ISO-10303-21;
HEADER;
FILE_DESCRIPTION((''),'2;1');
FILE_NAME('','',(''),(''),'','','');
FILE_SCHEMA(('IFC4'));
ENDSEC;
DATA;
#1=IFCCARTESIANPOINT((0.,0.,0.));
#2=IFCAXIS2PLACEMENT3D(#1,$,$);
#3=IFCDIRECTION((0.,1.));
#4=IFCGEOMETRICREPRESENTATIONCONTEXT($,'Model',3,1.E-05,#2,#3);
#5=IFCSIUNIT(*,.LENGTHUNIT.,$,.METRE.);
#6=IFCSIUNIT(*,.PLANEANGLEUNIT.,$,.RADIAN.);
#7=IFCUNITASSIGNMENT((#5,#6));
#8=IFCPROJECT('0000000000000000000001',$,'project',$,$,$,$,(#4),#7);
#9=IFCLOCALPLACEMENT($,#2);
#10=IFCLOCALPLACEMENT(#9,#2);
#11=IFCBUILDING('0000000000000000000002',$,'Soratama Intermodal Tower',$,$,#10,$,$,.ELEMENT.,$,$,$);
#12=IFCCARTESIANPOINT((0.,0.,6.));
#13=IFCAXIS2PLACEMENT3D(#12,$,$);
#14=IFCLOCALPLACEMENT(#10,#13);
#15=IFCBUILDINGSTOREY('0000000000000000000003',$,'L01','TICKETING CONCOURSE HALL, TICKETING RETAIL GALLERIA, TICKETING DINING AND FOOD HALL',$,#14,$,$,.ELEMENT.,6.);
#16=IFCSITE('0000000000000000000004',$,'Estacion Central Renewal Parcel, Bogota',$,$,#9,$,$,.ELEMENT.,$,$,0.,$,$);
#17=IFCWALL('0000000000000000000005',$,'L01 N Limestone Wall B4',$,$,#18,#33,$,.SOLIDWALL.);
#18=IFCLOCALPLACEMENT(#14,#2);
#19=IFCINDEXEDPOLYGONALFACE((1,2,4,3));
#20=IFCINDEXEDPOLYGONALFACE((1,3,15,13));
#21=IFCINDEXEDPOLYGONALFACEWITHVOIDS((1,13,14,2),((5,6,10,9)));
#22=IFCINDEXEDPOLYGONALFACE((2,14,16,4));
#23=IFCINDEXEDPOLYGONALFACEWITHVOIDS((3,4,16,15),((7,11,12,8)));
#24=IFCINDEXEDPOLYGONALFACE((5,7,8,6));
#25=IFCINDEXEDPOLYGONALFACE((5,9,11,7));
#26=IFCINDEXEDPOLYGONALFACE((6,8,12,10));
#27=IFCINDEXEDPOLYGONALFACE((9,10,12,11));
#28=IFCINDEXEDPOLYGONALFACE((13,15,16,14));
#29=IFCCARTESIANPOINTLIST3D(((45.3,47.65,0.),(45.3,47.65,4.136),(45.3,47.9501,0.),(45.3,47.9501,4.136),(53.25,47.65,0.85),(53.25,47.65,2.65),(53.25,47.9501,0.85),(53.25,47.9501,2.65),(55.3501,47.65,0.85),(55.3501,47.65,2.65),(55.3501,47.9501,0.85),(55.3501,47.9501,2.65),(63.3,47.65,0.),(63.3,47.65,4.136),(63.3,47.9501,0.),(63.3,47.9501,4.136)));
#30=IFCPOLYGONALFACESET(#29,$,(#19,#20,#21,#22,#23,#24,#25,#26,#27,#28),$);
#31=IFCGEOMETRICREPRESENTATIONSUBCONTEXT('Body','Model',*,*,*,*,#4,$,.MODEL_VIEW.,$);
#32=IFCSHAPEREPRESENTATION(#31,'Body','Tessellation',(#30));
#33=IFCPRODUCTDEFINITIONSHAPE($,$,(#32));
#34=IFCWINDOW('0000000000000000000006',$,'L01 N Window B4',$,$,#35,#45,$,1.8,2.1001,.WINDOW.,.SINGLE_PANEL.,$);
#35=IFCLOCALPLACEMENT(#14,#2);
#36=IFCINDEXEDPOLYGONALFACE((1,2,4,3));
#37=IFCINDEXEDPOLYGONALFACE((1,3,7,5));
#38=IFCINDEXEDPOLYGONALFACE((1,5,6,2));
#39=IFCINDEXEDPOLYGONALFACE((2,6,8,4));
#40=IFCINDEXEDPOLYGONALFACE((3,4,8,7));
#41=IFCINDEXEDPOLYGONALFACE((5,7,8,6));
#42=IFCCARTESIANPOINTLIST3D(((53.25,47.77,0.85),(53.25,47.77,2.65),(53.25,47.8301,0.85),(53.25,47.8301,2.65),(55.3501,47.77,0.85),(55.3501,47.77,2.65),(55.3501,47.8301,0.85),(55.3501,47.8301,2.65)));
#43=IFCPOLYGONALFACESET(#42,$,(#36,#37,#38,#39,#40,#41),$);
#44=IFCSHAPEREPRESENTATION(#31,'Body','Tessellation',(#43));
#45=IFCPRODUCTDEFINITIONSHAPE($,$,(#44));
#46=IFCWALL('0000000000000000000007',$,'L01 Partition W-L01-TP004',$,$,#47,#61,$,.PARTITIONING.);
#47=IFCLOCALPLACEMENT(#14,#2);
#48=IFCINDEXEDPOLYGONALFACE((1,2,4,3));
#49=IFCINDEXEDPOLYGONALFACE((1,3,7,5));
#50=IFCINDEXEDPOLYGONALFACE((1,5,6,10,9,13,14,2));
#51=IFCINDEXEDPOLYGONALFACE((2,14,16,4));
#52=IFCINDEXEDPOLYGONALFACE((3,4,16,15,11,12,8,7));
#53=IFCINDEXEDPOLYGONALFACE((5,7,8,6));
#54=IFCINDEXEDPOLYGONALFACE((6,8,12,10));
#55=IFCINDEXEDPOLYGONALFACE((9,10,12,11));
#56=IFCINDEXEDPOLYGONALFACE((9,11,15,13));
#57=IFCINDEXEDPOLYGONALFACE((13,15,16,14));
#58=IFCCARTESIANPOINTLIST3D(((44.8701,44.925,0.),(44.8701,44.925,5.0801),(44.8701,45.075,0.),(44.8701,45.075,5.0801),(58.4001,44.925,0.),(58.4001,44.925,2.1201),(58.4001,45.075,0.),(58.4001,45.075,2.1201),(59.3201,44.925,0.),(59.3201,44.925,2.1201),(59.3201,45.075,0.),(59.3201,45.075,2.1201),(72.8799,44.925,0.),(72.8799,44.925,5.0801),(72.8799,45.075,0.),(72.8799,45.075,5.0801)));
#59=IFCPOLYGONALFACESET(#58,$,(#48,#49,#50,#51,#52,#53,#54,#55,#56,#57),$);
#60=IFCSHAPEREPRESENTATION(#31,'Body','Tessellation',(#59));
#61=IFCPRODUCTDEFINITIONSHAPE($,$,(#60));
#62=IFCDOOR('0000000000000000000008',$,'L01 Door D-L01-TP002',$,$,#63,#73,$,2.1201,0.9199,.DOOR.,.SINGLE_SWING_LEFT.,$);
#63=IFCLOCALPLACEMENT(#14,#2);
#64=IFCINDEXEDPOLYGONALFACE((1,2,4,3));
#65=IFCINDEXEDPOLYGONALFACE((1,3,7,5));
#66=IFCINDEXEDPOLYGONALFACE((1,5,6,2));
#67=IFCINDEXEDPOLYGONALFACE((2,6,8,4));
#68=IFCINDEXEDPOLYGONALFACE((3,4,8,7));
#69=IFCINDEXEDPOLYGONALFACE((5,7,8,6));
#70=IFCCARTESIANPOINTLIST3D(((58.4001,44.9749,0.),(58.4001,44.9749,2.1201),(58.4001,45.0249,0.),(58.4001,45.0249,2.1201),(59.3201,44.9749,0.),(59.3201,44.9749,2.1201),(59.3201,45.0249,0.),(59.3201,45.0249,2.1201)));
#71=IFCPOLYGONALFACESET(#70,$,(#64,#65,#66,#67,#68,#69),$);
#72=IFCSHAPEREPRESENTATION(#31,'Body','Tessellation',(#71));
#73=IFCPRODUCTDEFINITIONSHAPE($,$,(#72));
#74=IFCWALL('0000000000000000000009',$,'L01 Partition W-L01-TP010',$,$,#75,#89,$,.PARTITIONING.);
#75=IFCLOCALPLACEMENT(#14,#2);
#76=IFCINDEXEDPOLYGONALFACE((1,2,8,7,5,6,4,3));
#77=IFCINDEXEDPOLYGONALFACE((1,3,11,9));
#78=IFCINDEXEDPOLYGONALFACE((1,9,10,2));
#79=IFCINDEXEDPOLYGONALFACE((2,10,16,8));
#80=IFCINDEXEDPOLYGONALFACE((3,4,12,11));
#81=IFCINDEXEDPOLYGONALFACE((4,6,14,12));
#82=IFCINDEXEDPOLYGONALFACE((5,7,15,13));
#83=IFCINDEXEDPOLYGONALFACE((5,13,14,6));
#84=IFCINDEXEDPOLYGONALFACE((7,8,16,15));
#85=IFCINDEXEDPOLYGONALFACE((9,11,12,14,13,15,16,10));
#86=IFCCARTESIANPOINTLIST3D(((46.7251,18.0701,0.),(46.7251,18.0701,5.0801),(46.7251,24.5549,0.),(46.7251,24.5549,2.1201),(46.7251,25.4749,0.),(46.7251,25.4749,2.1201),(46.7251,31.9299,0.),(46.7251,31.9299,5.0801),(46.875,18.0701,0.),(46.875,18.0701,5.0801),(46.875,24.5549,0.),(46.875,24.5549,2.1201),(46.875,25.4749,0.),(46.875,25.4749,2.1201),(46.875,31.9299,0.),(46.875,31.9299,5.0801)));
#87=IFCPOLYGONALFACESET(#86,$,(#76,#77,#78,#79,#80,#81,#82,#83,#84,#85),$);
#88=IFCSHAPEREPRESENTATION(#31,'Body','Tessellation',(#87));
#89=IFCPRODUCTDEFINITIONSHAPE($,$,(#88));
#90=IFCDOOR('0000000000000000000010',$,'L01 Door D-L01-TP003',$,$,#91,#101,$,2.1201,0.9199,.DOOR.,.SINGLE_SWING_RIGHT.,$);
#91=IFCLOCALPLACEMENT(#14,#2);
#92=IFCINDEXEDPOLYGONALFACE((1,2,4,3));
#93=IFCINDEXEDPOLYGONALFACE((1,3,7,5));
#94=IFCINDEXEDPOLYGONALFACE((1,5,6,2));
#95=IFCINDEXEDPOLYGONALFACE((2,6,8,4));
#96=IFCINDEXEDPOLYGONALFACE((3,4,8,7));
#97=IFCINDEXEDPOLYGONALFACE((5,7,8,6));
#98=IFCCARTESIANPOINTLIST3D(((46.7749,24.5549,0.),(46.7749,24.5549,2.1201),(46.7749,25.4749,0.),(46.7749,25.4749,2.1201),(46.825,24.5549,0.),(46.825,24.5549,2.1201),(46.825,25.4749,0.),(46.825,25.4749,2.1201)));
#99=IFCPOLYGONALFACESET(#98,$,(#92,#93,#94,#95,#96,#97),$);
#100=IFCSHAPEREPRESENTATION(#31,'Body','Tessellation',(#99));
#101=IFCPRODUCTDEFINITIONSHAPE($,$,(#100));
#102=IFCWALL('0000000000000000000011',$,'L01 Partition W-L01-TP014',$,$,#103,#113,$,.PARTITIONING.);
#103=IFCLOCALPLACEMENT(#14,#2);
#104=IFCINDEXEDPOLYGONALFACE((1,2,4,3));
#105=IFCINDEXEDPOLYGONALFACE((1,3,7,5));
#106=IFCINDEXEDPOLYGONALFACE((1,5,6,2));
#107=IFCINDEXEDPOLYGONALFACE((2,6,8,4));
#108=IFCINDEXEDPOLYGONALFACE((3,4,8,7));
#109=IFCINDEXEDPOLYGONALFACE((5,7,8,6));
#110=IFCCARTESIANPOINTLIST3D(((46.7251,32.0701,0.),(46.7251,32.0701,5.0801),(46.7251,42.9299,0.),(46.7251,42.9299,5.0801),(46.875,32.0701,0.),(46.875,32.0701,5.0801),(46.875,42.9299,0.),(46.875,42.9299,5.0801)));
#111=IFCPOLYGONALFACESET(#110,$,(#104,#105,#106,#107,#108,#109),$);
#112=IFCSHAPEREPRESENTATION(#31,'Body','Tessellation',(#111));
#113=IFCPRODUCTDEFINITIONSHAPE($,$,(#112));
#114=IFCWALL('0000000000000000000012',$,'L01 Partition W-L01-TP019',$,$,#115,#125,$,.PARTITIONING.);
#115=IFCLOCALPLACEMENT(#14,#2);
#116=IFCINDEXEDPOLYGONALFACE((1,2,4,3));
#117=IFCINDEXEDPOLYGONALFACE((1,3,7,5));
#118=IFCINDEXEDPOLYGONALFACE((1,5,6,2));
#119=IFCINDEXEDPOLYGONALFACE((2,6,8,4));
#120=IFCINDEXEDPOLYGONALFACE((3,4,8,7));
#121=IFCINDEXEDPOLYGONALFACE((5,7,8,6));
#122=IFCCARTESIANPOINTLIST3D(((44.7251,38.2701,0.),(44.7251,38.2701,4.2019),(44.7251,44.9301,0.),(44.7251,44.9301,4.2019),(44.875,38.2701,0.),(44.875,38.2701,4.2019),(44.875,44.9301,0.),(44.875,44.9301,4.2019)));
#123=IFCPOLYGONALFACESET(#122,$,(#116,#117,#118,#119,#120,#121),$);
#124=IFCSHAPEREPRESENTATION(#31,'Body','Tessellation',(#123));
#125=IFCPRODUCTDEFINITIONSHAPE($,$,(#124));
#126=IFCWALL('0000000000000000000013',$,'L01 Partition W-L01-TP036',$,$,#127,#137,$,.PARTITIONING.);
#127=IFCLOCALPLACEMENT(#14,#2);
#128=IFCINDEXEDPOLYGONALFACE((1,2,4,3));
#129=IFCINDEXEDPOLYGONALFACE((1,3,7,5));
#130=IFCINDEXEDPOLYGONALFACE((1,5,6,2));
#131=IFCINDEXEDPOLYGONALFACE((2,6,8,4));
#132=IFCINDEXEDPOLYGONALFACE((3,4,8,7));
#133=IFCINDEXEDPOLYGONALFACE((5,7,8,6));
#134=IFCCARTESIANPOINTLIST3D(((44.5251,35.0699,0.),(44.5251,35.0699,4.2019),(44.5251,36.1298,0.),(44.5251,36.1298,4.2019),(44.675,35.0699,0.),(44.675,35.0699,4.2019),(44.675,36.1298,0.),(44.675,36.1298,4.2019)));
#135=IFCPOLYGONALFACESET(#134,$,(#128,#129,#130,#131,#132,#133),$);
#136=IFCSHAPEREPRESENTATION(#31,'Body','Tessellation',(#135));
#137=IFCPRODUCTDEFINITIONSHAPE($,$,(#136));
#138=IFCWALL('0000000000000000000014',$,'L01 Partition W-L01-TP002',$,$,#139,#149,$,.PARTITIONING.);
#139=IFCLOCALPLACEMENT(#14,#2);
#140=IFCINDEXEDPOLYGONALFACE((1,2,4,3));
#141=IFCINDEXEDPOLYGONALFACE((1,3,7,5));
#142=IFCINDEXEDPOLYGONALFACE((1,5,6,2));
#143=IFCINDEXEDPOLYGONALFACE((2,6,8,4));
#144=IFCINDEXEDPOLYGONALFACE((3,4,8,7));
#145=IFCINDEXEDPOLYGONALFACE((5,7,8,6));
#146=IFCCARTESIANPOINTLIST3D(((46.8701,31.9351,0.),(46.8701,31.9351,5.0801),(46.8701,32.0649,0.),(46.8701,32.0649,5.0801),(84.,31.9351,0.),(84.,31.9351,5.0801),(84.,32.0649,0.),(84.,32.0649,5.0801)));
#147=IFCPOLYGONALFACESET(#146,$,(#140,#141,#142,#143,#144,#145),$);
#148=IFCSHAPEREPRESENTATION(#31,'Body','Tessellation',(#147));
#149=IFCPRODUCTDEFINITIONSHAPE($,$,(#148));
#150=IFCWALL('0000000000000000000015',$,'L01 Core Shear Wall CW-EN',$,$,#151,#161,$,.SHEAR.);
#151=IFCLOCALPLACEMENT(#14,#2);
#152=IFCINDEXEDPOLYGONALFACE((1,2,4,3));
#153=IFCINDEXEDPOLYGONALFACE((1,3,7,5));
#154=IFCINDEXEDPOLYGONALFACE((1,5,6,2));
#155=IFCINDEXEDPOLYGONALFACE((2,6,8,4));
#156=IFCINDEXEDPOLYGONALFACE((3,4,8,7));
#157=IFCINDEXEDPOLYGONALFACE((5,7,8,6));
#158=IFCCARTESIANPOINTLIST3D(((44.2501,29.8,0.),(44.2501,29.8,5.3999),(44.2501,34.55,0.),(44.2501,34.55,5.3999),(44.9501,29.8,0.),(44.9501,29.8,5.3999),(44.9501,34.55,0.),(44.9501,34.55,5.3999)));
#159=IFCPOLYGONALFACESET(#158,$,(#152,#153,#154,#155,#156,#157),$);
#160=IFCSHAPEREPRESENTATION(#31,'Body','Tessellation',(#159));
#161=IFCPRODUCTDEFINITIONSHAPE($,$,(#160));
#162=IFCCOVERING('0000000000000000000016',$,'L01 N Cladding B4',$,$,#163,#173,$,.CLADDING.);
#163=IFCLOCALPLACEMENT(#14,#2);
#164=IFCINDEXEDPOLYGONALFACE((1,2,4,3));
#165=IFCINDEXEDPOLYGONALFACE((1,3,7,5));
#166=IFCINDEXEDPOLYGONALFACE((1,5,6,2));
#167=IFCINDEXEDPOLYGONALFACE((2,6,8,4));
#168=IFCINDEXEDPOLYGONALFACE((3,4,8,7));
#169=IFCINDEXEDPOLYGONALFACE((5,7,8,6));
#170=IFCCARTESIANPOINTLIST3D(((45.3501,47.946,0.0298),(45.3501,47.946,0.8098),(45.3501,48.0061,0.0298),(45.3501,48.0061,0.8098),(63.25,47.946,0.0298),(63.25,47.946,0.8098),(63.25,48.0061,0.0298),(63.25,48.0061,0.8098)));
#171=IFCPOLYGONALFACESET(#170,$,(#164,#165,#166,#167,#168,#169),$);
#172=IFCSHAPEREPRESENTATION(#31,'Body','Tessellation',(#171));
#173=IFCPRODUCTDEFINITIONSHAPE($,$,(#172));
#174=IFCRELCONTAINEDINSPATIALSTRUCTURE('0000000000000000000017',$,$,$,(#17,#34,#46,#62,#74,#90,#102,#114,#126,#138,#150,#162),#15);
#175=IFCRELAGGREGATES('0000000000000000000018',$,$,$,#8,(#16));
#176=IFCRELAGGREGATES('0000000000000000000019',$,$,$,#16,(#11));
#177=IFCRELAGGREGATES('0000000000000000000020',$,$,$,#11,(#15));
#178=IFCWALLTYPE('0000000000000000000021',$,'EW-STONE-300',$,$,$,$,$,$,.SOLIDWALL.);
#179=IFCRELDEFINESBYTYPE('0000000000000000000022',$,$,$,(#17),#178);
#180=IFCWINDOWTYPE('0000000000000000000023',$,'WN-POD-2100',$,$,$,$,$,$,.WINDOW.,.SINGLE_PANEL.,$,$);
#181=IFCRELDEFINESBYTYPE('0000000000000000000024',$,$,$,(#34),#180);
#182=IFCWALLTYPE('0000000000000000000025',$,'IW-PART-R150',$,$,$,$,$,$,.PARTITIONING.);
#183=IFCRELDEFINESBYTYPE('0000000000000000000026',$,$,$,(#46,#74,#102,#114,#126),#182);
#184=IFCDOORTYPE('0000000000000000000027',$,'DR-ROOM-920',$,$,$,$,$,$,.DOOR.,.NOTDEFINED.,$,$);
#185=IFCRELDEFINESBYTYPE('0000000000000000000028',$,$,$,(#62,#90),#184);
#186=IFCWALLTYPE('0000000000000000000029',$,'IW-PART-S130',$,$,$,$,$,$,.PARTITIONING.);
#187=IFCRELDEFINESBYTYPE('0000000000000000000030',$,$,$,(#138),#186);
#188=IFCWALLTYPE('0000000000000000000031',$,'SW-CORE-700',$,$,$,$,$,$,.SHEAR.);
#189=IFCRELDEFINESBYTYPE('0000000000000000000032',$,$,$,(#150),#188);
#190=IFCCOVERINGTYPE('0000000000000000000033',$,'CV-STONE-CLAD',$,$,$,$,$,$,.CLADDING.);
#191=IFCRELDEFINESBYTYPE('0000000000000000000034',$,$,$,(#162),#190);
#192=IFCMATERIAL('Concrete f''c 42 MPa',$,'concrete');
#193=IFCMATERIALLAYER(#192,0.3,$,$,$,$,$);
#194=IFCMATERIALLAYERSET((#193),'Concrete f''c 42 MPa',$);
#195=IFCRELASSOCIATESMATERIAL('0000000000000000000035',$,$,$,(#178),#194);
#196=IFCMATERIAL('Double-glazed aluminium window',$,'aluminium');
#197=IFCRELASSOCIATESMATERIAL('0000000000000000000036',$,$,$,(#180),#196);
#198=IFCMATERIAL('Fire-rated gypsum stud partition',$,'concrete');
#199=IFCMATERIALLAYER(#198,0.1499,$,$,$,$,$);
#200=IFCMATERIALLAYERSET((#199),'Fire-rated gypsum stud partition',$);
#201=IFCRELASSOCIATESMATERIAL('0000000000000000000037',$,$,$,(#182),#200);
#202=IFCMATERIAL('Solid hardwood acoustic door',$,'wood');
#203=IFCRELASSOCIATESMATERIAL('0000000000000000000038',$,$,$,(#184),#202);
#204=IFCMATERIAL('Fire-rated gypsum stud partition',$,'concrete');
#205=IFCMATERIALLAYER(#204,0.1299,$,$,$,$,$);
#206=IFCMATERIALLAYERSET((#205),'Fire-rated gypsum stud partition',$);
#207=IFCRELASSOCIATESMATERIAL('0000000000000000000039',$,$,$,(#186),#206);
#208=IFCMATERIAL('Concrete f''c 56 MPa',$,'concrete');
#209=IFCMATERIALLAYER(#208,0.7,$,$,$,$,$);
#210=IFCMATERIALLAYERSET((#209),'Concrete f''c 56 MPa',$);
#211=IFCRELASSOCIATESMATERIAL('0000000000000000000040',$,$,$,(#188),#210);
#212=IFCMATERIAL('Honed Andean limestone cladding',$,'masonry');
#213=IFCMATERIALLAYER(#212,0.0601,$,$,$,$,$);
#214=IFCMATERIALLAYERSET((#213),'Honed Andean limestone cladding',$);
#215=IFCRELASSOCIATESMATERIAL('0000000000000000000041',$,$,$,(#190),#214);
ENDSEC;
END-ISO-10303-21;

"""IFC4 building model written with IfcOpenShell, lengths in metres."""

from ifc_helpers import new_model, si_unit, direction, frame, frame_2d, origin, origin_2d, place, context, subcontext, project, spatial, rectangle, extrude, material, layer, layer_set, type_object, element, fill, save


model = new_model("IFC4")

# Units and contexts
model_context = context("Model", 3, precision=1e-05, world=origin(), true_north=direction((0.0, 1.0)))
body_context = subcontext(model_context, "Body", "Model", "MODEL_VIEW")
ifc_project = project(units=[si_unit("LENGTHUNIT", "METRE"), si_unit("PLANEANGLEUNIT", "RADIAN")], contexts=[model_context])

# Site, building, storey
site_placement = place(None, origin())
site = spatial("IfcSite", under=ifc_project, at=site_placement, Name="Estacion Central Renewal Parcel, Bogota", CompositionType="ELEMENT", RefElevation=0.0)
building_placement = place(site_placement, origin())
building = spatial("IfcBuilding", under=site, at=building_placement, Name="Soratama Intermodal Tower", CompositionType="ELEMENT")
storey_placement = place(building_placement, frame((0.0, 0.0, 6.0)))
storey = spatial("IfcBuildingStorey", under=building, at=storey_placement, Name="L01", Description="TICKETING CONCOURSE HALL, TICKETING RETAIL GALLERIA, TICKETING DINING AND FOOD HALL", CompositionType="ELEMENT", Elevation=6.0)

# Wall, opening, window
ifc_material_1 = material(Name="Concrete f'c 42 MPa", Category="concrete")
ifc_layer_1 = layer(ifc_material_1, 0.3)
ifc_layer_set_1 = layer_set([ifc_layer_1], Name="Concrete f'c 42 MPa")
wall_type_1 = type_object("IfcWallType", Name="EW-STONE-300", PredefinedType="SOLIDWALL", material=ifc_layer_set_1)
wall_1_placement = place(storey_placement, frame((45.3, 47.8, 0.0), z_axis=(0.0, 0.0, 1.0), x_axis=(1.0, 0.0, 0.0)))
wall_1 = element("IfcWall", 1, at=wall_1_placement, inside=storey, type_object=wall_type_1, Name="L01 N Limestone Wall B4", PredefinedType="SOLIDWALL", context=body_context, shape_type="SweptSolid", body=[
    extrude(rectangle(XDim=18.0, YDim=0.3, at=frame_2d((9.0, 0.0))), origin(), (0.0, 0.0, 1.0), 4.136),
])
opening_1_placement = place(wall_1_placement, frame((7.95, 0.0, 0.8501)))
opening_1 = element("IfcOpeningElement", 2, at=opening_1_placement, cuts=wall_1, PredefinedType="OPENING", context=body_context, shape_type="SweptSolid", body=[
    extrude(rectangle(XDim=2.1001, YDim=1.8, at=frame_2d((1.05, 0.8999))), frame((0.0, 0.1599, 0.0), z_axis=(0.0, -1.0, 0.0), x_axis=(1.0, 0.0, 0.0)), (0.0, 0.0, 1.0), 0.3201),
])
ifc_material_2 = material(Name="Double-glazed aluminium window", Category="aluminium")
window_type = type_object("IfcWindowType", Name="WN-POD-2100", PartitioningType="SINGLE_PANEL", PredefinedType="WINDOW", material=ifc_material_2)
window_placement = place(opening_1_placement, origin())
window = element("IfcWindow", 3, at=window_placement, inside=storey, type_object=window_type, Name="L01 N Window B4", OverallHeight=1.8, OverallWidth=2.1001, PartitioningType="SINGLE_PANEL", PredefinedType="WINDOW", context=body_context, shape_type="SweptSolid", body=[
    extrude(rectangle(XDim=2.1001, YDim=1.8, at=frame_2d((1.05, 0.8999))), frame((0.0, 0.03, 0.0), z_axis=(0.0, -1.0, 0.0), x_axis=(1.0, 0.0, 0.0)), (0.0, 0.0, 1.0), 0.0601),
])
fill(opening_1, window)

# Walls, openings, doors
ifc_material_3 = material(Name="Fire-rated gypsum stud partition", Category="concrete")
ifc_layer_2 = layer(ifc_material_3, 0.1499)
ifc_layer_set_2 = layer_set([ifc_layer_2], Name="Fire-rated gypsum stud partition")
wall_type_2 = type_object("IfcWallType", Name="IW-PART-R150", PredefinedType="PARTITIONING", material=ifc_layer_set_2)
wall_2_placement = place(storey_placement, frame((44.8701, 45.0, 0.0), z_axis=(0.0, 0.0, 1.0), x_axis=(1.0, 0.0, 0.0)))
wall_2 = element("IfcWall", 4, at=wall_2_placement, inside=storey, type_object=wall_type_2, Name="L01 Partition W-L01-TP004", PredefinedType="PARTITIONING", context=body_context, shape_type="SweptSolid", body=[
    extrude(rectangle(XDim=28.0098, YDim=0.1499, at=frame_2d((14.0049, 0.0))), origin(), (0.0, 0.0, 1.0), 5.0801),
])
opening_2_placement = place(wall_2_placement, frame((13.53, 0.0, 0.0)))
opening_2 = element("IfcOpeningElement", 5, at=opening_2_placement, cuts=wall_2, PredefinedType="OPENING", context=body_context, shape_type="SweptSolid", body=[
    extrude(rectangle(XDim=0.9199, YDim=2.1201, at=frame_2d((0.46, 1.0601))), frame((0.0, 0.085, 0.0), z_axis=(0.0, -1.0, 0.0), x_axis=(1.0, 0.0, 0.0)), (0.0, 0.0, 1.0), 0.1699),
])
ifc_material_4 = material(Name="Solid hardwood acoustic door", Category="wood")
door_type = type_object("IfcDoorType", Name="DR-ROOM-920", OperationType="NOTDEFINED", PredefinedType="DOOR", material=ifc_material_4)
door_1_placement = place(opening_2_placement, origin())
door_1 = element("IfcDoor", 6, at=door_1_placement, inside=storey, type_object=door_type, Name="L01 Door D-L01-TP002", OperationType="SINGLE_SWING_LEFT", OverallHeight=2.1201, OverallWidth=0.9199, PredefinedType="DOOR", context=body_context, shape_type="SweptSolid", body=[
    extrude(rectangle(XDim=0.9199, YDim=2.1201, at=frame_2d((0.46, 1.0601))), frame((0.0, 0.0249, 0.0), z_axis=(0.0, -1.0, 0.0), x_axis=(1.0, 0.0, 0.0)), (0.0, 0.0, 1.0), 0.05),
])
fill(opening_2, door_1)
wall_3_placement = place(storey_placement, frame((46.8, 31.9299, 0.0), z_axis=(0.0, 0.0, 1.0), x_axis=(0.0, -1.0, 0.0)))
wall_3 = element("IfcWall", 7, at=wall_3_placement, inside=storey, type_object=wall_type_2, Name="L01 Partition W-L01-TP010", PredefinedType="PARTITIONING", context=body_context, shape_type="SweptSolid", body=[
    extrude(rectangle(XDim=13.8599, YDim=0.1499, at=frame_2d((6.9299, 0.0))), origin(), (0.0, 0.0, 1.0), 5.0801),
])
opening_3_placement = place(wall_3_placement, frame((6.4551, 0.0, 0.0)))
opening_3 = element("IfcOpeningElement", 8, at=opening_3_placement, cuts=wall_3, PredefinedType="OPENING", context=body_context, shape_type="SweptSolid", body=[
    extrude(rectangle(XDim=0.9199, YDim=2.1201, at=frame_2d((0.46, 1.0601))), frame((0.0, 0.085, 0.0), z_axis=(0.0, -1.0, 0.0), x_axis=(1.0, 0.0, 0.0)), (0.0, 0.0, 1.0), 0.1699),
])
door_2_placement = place(opening_3_placement, origin())
door_2 = element("IfcDoor", 9, at=door_2_placement, inside=storey, type_object=door_type, Name="L01 Door D-L01-TP003", OperationType="SINGLE_SWING_RIGHT", OverallHeight=2.1201, OverallWidth=0.9199, PredefinedType="DOOR", context=body_context, shape_type="SweptSolid", body=[
    extrude(rectangle(XDim=0.9199, YDim=2.1201, at=frame_2d((0.46, 1.0601))), frame((0.0, 0.0249, 0.0), z_axis=(0.0, -1.0, 0.0), x_axis=(1.0, 0.0, 0.0)), (0.0, 0.0, 1.0), 0.05),
])
fill(opening_3, door_2)

# Walls
wall_4_placement = place(storey_placement, frame((46.8, 42.9299, 0.0), z_axis=(0.0, 0.0, 1.0), x_axis=(0.0, -1.0, 0.0)))
element("IfcWall", 10, at=wall_4_placement, inside=storey, type_object=wall_type_2, Name="L01 Partition W-L01-TP014", PredefinedType="PARTITIONING", context=body_context, shape_type="SweptSolid", body=[
    extrude(rectangle(XDim=10.8599, YDim=0.1499, at=frame_2d((5.4299, 0.0))), origin(), (0.0, 0.0, 1.0), 5.0801),
])
wall_5_placement = place(storey_placement, frame((44.8, 38.27, 0.0), z_axis=(0.0, 0.0, 1.0), x_axis=(0.0, 1.0, 0.0)))
element("IfcWall", 11, at=wall_5_placement, inside=storey, type_object=wall_type_2, Name="L01 Partition W-L01-TP019", PredefinedType="PARTITIONING", context=body_context, shape_type="SweptSolid", body=[
    extrude(rectangle(XDim=6.6599, YDim=0.1499, at=frame_2d((3.3301, 0.0))), origin(), (0.0, 0.0, 1.0), 4.2019),
])
wall_6_placement = place(storey_placement, frame((44.6001, 35.0701, 0.0), z_axis=(0.0, 0.0, 1.0), x_axis=(0.0, 1.0, 0.0)))
element("IfcWall", 12, at=wall_6_placement, inside=storey, type_object=wall_type_2, Name="L01 Partition W-L01-TP036", PredefinedType="PARTITIONING", context=body_context, shape_type="SweptSolid", body=[
    extrude(rectangle(XDim=1.0598, YDim=0.1499, at=frame_2d((0.5298, 0.0))), origin(), (0.0, 0.0, 1.0), 4.2019),
])
ifc_material_5 = material(Name="Fire-rated gypsum stud partition", Category="concrete")
ifc_layer_3 = layer(ifc_material_5, 0.1299)
ifc_layer_set_3 = layer_set([ifc_layer_3], Name="Fire-rated gypsum stud partition")
wall_type_3 = type_object("IfcWallType", Name="IW-PART-S130", PredefinedType="PARTITIONING", material=ifc_layer_set_3)
wall_7_placement = place(storey_placement, frame((46.8701, 32.0, 0.0), z_axis=(0.0, 0.0, 1.0), x_axis=(1.0, 0.0, 0.0)))
element("IfcWall", 13, at=wall_7_placement, inside=storey, type_object=wall_type_3, Name="L01 Partition W-L01-TP002", PredefinedType="PARTITIONING", context=body_context, shape_type="SweptSolid", body=[
    extrude(rectangle(XDim=37.1299, YDim=0.1299, at=frame_2d((18.5649, 0.0))), origin(), (0.0, 0.0, 1.0), 5.0801),
])
ifc_material_6 = material(Name="Concrete f'c 56 MPa", Category="concrete")
ifc_layer_4 = layer(ifc_material_6, 0.7)
ifc_layer_set_4 = layer_set([ifc_layer_4], Name="Concrete f'c 56 MPa")
wall_type_4 = type_object("IfcWallType", Name="SW-CORE-700", PredefinedType="SHEAR", material=ifc_layer_set_4)
wall_8_placement = place(storey_placement, frame((44.6001, 29.8, 0.0), z_axis=(0.0, 0.0, 1.0), x_axis=(0.0, 1.0, 0.0)))
element("IfcWall", 14, at=wall_8_placement, inside=storey, type_object=wall_type_4, Name="L01 Core Shear Wall CW-EN", PredefinedType="SHEAR", context=body_context, shape_type="SweptSolid", body=[
    extrude(rectangle(XDim=4.75, YDim=0.7, at=frame_2d((2.375, 0.0))), origin(), (0.0, 0.0, 1.0), 5.3999),
])

# Covering
ifc_material_7 = material(Name="Honed Andean limestone cladding", Category="masonry")
ifc_layer_5 = layer(ifc_material_7, 0.0601)
ifc_layer_set_5 = layer_set([ifc_layer_5], Name="Honed Andean limestone cladding")
covering_type = type_object("IfcCoveringType", Name="CV-STONE-CLAD", PredefinedType="CLADDING", material=ifc_layer_set_5)
covering_placement = place(storey_placement, frame((54.3, 47.9761, 0.0298), z_axis=(0.0, 0.0, 1.0), x_axis=(1.0, 0.0, 0.0)))
element("IfcCovering", 15, at=covering_placement, inside=storey, type_object=covering_type, Name="L01 N Cladding B4", PredefinedType="CLADDING", context=body_context, shape_type="SweptSolid", body=[
    extrude(rectangle(XDim=17.8999, YDim=0.0601, at=origin_2d()), origin(), (0.0, 0.0, 1.0), 0.78),
])

save(model, "model.ifc")
